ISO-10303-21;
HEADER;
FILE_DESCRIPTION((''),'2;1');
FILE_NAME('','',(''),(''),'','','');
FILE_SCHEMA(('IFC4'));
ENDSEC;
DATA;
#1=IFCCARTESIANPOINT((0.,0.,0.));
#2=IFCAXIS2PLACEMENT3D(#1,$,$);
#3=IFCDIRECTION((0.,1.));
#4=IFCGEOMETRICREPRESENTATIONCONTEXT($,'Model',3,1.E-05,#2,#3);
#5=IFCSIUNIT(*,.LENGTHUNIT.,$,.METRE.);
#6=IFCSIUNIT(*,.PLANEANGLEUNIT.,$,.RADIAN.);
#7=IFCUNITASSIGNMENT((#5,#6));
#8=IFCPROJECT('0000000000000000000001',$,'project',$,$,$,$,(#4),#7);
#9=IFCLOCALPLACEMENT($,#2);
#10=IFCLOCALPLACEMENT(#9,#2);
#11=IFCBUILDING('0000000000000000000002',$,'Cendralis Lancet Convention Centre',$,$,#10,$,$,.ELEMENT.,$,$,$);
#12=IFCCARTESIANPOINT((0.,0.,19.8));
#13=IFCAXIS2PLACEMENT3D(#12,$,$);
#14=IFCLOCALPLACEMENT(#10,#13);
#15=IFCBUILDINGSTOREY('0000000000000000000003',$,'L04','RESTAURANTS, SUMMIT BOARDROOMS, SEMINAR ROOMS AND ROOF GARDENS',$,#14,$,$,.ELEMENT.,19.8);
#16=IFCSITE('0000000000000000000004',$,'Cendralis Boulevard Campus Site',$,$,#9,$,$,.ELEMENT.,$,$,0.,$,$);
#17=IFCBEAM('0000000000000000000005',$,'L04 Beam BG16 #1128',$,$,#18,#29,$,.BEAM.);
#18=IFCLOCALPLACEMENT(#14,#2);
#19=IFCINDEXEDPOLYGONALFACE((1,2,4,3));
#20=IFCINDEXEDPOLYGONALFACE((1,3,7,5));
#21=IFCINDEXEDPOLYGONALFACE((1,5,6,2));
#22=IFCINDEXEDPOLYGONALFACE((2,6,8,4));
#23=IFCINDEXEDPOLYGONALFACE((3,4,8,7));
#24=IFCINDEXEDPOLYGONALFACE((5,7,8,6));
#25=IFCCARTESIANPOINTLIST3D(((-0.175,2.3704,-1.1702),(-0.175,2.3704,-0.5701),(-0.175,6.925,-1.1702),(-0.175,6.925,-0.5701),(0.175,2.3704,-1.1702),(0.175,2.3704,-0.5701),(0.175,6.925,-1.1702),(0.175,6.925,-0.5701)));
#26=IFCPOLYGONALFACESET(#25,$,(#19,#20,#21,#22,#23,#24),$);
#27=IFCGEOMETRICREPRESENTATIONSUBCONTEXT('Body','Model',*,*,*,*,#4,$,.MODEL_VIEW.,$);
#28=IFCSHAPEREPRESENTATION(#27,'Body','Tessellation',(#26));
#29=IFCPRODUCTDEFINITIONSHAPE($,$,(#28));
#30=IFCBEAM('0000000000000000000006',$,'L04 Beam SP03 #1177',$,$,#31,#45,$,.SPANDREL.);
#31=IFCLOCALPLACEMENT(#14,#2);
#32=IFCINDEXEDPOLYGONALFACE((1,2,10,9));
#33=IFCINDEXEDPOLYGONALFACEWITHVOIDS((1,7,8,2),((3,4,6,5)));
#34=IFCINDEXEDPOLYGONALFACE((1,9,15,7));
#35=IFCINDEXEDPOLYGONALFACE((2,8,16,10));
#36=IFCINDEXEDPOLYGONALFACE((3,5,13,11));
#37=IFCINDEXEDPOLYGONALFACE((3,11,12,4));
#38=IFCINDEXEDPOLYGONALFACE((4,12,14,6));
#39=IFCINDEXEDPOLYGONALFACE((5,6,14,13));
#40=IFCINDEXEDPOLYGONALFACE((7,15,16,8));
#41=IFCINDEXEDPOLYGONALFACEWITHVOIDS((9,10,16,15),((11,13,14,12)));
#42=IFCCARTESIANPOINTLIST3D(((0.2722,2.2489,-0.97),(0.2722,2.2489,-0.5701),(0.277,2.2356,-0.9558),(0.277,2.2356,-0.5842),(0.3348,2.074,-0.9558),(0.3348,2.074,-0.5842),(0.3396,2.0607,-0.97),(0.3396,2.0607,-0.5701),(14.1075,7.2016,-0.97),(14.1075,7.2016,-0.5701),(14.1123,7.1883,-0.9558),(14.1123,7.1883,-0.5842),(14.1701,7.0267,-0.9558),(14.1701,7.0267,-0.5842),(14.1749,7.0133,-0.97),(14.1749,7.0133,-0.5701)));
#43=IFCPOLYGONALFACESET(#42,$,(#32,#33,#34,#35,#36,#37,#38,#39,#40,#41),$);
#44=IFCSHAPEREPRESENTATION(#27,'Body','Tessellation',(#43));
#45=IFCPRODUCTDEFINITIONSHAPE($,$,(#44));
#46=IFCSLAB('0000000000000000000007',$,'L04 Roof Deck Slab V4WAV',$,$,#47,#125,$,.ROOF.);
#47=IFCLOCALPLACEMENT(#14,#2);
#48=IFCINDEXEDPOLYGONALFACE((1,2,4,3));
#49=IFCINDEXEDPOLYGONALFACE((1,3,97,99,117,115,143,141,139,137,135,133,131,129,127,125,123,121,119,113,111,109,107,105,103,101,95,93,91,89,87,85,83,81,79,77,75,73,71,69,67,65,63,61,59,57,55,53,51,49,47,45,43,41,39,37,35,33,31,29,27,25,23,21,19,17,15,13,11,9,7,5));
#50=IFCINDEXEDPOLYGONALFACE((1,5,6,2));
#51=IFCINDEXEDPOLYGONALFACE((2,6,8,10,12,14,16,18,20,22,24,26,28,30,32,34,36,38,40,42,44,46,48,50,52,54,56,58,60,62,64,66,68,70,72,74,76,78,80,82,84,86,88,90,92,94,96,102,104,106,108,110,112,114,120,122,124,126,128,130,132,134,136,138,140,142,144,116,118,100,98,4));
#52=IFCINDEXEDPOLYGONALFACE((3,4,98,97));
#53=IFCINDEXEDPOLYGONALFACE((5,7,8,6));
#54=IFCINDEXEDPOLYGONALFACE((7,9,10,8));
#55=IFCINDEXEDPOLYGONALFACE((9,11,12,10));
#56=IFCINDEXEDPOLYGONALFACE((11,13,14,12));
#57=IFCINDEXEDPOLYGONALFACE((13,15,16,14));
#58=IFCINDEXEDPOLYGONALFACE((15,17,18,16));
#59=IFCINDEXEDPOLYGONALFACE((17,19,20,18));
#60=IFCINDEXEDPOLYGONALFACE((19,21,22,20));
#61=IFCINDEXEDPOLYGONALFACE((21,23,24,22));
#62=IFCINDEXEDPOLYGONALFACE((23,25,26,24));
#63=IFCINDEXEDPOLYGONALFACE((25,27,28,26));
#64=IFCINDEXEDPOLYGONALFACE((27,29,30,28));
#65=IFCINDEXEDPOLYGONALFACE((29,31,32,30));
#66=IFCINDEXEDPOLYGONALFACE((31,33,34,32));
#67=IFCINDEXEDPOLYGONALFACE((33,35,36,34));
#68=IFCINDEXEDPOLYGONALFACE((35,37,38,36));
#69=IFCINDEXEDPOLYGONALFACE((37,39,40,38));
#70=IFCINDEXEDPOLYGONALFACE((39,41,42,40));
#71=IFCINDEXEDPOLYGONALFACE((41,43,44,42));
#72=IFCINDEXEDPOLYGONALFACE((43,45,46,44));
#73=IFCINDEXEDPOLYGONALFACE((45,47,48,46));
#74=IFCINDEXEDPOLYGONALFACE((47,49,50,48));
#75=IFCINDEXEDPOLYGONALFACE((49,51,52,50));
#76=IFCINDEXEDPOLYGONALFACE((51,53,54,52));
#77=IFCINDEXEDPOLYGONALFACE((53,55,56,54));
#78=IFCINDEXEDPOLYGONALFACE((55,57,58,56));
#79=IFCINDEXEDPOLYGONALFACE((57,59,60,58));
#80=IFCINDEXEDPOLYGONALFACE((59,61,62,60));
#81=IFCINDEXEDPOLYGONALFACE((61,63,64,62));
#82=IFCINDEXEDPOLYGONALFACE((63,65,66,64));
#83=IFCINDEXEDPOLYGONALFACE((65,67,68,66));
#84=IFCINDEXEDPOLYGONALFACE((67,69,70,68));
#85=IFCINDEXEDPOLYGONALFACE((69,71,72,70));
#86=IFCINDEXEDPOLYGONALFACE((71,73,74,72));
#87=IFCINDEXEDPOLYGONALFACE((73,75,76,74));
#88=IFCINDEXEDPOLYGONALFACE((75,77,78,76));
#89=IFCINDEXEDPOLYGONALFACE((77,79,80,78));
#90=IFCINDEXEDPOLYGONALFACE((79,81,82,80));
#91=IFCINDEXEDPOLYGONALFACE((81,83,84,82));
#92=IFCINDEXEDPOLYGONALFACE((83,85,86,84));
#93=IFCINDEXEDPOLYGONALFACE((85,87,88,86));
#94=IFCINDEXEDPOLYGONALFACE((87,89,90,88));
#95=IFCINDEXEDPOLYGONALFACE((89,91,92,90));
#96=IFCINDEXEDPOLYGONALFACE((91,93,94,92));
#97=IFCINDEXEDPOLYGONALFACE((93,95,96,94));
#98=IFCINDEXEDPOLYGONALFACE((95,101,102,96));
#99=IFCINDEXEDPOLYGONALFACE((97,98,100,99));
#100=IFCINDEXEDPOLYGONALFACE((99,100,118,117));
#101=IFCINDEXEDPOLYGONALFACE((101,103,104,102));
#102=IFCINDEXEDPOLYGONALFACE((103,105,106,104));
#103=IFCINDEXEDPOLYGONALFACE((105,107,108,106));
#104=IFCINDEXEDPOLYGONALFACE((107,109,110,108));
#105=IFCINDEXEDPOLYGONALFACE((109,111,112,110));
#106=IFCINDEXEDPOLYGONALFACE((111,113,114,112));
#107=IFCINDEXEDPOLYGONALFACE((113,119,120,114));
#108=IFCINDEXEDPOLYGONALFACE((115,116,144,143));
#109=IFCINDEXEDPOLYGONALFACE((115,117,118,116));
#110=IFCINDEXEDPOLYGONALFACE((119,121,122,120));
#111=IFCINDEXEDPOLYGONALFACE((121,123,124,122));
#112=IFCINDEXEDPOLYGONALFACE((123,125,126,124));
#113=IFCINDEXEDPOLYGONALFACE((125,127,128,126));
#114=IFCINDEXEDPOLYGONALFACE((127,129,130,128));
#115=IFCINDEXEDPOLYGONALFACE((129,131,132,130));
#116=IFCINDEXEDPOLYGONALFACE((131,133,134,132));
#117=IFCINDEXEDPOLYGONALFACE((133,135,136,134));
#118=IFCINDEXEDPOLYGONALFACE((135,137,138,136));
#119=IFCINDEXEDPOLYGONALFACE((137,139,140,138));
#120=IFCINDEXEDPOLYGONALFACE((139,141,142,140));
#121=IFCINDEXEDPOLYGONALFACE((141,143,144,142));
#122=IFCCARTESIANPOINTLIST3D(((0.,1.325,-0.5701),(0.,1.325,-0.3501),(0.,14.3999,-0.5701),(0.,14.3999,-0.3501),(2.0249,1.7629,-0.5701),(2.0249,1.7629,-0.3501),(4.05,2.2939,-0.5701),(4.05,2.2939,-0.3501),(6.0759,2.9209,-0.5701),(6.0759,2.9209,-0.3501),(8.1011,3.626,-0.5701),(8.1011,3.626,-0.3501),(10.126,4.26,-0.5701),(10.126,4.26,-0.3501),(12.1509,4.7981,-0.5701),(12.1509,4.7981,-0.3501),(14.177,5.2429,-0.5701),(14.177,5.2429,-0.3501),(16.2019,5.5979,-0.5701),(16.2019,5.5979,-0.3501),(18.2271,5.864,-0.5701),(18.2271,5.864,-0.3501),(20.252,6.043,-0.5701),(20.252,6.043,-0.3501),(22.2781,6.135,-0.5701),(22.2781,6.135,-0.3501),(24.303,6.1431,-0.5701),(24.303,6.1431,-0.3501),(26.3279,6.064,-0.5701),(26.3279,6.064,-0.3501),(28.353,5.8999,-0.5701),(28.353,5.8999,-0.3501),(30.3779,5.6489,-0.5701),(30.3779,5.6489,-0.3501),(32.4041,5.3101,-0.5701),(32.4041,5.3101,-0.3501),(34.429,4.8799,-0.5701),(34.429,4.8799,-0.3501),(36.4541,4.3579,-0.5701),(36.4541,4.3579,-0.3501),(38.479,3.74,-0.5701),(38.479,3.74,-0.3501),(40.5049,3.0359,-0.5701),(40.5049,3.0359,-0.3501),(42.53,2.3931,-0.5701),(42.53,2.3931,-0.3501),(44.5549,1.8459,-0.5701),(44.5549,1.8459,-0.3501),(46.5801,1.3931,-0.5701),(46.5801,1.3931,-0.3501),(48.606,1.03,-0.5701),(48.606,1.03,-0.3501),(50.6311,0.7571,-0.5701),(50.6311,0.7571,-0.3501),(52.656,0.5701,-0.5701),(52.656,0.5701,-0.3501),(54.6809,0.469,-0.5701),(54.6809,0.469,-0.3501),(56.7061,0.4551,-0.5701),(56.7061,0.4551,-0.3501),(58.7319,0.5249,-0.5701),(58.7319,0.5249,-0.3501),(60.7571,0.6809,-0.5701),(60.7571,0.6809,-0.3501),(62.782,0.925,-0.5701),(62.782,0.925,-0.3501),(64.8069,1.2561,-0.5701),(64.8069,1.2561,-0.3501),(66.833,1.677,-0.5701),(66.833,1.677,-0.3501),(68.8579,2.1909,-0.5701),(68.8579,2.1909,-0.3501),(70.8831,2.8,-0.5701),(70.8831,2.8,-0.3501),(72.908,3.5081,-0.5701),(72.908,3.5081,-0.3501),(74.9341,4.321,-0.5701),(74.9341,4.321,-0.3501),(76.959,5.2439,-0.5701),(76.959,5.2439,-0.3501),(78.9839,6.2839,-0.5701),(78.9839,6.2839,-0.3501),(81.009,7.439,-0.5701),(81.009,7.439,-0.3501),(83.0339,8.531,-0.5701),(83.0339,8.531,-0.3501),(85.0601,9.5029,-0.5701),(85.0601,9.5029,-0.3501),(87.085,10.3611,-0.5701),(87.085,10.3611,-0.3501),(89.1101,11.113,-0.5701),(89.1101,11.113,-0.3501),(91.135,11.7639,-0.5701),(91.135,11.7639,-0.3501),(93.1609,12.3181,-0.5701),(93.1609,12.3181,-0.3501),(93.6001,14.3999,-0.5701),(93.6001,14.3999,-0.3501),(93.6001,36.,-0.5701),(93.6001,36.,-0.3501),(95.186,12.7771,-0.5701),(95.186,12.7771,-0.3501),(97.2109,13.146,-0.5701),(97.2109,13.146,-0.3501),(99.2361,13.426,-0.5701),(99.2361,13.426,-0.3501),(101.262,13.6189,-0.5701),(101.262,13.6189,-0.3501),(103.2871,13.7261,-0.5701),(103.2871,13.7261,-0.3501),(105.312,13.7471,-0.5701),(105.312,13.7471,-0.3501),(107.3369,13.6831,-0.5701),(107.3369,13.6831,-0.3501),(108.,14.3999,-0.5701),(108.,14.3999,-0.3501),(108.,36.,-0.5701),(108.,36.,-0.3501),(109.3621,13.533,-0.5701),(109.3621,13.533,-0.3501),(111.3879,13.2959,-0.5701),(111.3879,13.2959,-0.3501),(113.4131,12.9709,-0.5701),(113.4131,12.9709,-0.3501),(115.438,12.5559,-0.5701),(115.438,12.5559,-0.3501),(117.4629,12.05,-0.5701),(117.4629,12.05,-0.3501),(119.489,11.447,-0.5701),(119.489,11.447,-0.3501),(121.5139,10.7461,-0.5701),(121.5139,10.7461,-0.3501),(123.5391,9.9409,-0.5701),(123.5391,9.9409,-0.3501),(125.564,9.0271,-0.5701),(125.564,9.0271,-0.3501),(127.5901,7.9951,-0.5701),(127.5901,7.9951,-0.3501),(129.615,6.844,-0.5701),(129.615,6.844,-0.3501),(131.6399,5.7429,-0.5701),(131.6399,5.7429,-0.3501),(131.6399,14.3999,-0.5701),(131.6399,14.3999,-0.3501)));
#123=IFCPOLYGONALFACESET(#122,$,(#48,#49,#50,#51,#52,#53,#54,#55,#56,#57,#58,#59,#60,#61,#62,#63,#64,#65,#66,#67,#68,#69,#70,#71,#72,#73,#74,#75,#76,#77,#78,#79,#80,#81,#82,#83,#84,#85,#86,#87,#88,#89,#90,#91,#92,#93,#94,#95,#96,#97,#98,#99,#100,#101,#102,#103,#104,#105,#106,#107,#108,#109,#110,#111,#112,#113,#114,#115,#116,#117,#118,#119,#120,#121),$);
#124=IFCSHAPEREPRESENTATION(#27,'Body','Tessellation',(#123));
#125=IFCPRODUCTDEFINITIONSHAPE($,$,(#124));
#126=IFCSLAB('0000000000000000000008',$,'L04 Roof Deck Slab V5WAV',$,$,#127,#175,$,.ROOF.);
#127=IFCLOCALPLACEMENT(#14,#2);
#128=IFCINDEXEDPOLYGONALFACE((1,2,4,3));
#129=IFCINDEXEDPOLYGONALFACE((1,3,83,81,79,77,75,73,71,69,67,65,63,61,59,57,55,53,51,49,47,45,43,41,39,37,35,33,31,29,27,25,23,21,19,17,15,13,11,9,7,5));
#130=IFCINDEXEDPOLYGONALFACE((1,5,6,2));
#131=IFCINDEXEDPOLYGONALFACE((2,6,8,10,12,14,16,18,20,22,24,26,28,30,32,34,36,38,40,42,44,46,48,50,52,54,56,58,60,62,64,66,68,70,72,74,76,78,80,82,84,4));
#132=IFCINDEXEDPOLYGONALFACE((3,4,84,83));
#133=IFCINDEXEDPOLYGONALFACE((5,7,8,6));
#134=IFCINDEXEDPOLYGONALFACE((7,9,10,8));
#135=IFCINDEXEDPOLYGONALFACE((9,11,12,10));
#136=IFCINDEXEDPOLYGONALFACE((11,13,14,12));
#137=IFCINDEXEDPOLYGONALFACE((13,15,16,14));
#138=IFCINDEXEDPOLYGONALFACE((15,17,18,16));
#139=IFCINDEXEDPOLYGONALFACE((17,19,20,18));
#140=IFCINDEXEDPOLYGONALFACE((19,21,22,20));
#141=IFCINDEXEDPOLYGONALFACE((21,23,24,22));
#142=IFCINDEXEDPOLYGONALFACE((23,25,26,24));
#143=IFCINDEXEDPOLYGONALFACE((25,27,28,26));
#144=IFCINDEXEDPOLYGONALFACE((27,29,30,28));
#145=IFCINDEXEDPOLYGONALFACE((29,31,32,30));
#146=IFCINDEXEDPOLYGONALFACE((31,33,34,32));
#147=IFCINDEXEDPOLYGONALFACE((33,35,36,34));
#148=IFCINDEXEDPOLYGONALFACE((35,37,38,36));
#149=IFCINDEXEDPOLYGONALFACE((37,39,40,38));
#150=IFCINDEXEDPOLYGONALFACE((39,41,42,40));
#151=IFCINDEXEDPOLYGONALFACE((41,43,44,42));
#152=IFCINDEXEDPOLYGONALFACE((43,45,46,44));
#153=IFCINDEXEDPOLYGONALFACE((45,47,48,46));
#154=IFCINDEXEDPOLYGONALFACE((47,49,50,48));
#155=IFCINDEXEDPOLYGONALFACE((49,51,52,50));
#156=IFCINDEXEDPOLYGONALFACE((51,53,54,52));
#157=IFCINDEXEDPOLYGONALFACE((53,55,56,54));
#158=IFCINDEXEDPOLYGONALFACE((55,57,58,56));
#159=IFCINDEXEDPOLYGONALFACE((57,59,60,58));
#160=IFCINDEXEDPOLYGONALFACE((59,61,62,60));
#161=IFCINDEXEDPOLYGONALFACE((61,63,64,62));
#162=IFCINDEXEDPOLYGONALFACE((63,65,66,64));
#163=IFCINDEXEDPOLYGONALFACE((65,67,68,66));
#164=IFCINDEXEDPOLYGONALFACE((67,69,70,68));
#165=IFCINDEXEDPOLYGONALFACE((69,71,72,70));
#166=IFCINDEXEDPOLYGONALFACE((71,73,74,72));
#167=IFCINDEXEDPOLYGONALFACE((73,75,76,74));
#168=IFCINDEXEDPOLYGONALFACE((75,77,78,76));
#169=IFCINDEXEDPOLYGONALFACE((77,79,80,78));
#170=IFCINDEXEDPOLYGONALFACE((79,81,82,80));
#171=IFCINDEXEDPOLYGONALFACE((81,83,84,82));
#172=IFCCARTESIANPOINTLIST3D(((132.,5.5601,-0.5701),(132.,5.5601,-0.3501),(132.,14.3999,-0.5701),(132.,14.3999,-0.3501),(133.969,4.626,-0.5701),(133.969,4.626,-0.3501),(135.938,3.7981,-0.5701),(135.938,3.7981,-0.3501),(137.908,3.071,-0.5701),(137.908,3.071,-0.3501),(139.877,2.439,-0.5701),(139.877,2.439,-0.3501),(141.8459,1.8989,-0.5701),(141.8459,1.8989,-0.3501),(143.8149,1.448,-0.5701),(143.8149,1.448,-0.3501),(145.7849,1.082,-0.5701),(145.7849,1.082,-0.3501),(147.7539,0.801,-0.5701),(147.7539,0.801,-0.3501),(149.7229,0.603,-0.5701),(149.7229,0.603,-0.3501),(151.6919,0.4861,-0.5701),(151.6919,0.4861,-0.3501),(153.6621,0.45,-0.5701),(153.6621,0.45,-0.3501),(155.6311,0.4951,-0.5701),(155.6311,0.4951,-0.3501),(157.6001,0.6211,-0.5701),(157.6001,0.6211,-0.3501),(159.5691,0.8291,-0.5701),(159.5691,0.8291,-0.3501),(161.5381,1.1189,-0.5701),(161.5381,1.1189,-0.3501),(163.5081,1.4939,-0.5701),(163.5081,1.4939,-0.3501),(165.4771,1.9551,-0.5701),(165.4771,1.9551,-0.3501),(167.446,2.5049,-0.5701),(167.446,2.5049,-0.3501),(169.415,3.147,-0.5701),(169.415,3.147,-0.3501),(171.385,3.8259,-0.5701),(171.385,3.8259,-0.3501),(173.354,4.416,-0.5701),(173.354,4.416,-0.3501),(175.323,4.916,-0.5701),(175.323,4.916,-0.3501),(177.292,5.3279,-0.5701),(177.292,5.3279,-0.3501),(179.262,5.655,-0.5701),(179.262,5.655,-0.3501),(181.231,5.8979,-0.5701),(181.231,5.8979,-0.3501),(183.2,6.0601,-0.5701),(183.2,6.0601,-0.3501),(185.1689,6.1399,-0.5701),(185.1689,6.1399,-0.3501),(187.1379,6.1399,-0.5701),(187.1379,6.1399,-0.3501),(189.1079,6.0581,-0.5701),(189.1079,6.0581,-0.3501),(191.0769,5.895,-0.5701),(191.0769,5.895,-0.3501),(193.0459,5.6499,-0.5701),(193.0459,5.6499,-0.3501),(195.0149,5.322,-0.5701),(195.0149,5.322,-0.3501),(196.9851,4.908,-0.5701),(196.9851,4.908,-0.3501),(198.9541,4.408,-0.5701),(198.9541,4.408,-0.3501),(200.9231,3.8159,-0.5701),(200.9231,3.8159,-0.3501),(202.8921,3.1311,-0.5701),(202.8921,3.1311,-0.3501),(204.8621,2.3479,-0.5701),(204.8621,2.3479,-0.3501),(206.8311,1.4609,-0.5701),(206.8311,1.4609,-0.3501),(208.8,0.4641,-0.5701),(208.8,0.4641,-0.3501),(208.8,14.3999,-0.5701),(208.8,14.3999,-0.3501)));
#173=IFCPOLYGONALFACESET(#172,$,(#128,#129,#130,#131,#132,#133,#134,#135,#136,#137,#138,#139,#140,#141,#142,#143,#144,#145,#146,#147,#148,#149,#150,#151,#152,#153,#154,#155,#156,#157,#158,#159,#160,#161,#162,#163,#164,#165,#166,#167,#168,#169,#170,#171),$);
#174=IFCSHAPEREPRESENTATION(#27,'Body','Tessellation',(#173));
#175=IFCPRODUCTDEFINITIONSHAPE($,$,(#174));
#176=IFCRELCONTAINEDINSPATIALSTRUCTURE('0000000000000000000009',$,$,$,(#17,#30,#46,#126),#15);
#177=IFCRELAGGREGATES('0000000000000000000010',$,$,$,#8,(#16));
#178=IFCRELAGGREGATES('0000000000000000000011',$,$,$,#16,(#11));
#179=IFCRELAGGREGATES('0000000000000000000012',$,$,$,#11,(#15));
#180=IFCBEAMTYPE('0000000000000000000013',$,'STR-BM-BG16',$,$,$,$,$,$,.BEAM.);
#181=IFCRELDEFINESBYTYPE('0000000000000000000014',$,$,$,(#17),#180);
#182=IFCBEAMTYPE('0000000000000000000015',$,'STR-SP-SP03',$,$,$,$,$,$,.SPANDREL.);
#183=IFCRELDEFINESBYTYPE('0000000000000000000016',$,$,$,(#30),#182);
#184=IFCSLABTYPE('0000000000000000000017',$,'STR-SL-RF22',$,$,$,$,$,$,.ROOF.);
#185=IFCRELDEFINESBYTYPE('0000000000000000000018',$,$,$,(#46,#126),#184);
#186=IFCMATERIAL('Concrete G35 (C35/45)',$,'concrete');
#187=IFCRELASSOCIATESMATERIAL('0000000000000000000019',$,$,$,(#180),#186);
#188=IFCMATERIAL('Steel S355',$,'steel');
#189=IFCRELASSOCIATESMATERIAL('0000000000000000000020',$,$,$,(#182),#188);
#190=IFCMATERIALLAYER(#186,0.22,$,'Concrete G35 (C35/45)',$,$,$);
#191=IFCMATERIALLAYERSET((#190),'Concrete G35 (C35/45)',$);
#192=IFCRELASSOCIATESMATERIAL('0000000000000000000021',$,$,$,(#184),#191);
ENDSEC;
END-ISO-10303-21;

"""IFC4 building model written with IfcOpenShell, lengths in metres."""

from ifc_helpers import new_model, si_unit, direction, frame, origin, origin_2d, place, context, subcontext, project, spatial, polyline, rectangle, hollow_rectangle, outline, extrude, material, layer, layer_set, material_profile, profile_set, type_object, element, save


model = new_model("IFC4")

# Units and contexts
model_context = context("Model", 3, precision=1e-05, world=origin(), true_north=direction((0.0, 1.0)))
body_context = subcontext(model_context, "Body", "Model", "MODEL_VIEW")
ifc_project = project(units=[si_unit("LENGTHUNIT", "METRE"), si_unit("PLANEANGLEUNIT", "RADIAN")], contexts=[model_context])

# Site, building, storey
site_placement = place(None, origin())
site = spatial("IfcSite", under=ifc_project, at=site_placement, Name="Cendralis Boulevard Campus Site", CompositionType="ELEMENT", RefElevation=0.0)
building_placement = place(site_placement, origin())
building = spatial("IfcBuilding", under=site, at=building_placement, Name="Cendralis Lancet Convention Centre", CompositionType="ELEMENT")
storey_placement = place(building_placement, frame((0.0, 0.0, 19.8)))
storey = spatial("IfcBuildingStorey", under=building, at=storey_placement, Name="L04", Description="RESTAURANTS, SUMMIT BOARDROOMS, SEMINAR ROOMS AND ROOF GARDENS", CompositionType="ELEMENT", Elevation=19.8)

# Beams
ifc_material_1 = material(Name="Concrete G35 (C35/45)", Category="concrete")
ifc_material_profile_1 = material_profile(ifc_material_1, rectangle(XDim=0.3501, YDim=0.6001, at=origin_2d()), Name="RCB 350x600")
ifc_profile_set_1 = profile_set([ifc_material_profile_1], Name="Concrete G35 (C35/45)")
beam_type_1 = type_object("IfcBeamType", Name="STR-BM-BG16", PredefinedType="BEAM", material=ifc_profile_set_1)
beam_1_placement = place(storey_placement, frame((0.0, 2.3704, -0.8701), z_axis=(0.0, 1.0, 0.0), x_axis=(-1.0, 0.0, 0.0)))
element("IfcBeam", 1, at=beam_1_placement, inside=storey, type_object=beam_type_1, Name="L04 Beam BG16 #1128", PredefinedType="BEAM", context=body_context, shape_type="SweptSolid", body=[
    extrude(rectangle(XDim=0.3501, YDim=0.6001, at=origin_2d()), origin(), (0.0, 0.0, 1.0), 4.5547),
])
ifc_material_2 = material(Name="Steel S355", Category="steel")
ifc_material_profile_2 = material_profile(ifc_material_2, hollow_rectangle(XDim=0.2, YDim=0.3999, WallThickness=0.0142, at=origin_2d()), Name="RHS 400x200x14.2")
ifc_profile_set_2 = profile_set([ifc_material_profile_2], Name="Steel S355")
beam_type_2 = type_object("IfcBeamType", Name="STR-SP-SP03", PredefinedType="SPANDREL", material=ifc_profile_set_2)
beam_2_placement = place(storey_placement, frame((0.3059, 2.1548, -0.77), z_axis=(0.941494, 0.33703, 0.0), x_axis=(-0.33703, 0.941494, 0.0)))
element("IfcBeam", 2, at=beam_2_placement, inside=storey, type_object=beam_type_2, Name="L04 Beam SP03 #1177", PredefinedType="SPANDREL", context=body_context, shape_type="SweptSolid", body=[
    extrude(hollow_rectangle(XDim=0.2, YDim=0.3999, WallThickness=0.0142, at=origin_2d()), origin(), (0.0, 0.0, 1.0), 14.6951),
])

# Slabs
ifc_layer_1 = layer(ifc_material_1, 0.22, Name="Concrete G35 (C35/45)")
ifc_layer_set_1 = layer_set([ifc_layer_1], Name="Concrete G35 (C35/45)")
slab_type_1 = type_object("IfcSlabType", Name="STR-SL-RF22", PredefinedType="ROOF", material=ifc_layer_set_1)
slab_1_placement = place(storey_placement, frame((0.0, 0.0, -0.5701)))
element("IfcSlab", 3, at=slab_1_placement, inside=storey, type_object=slab_type_1, Name="L04 Roof Deck Slab V4WAV", PredefinedType="ROOF", context=body_context, shape_type="SweptSolid", body=[
    extrude(outline(polyline([(0.0, 1.325), (2.0249, 1.7629), (4.05, 2.2939), (6.0759, 2.9209), (8.1011, 3.626), (10.126, 4.26), (12.1509, 4.7981), (14.177, 5.2429), (16.2019, 5.5979), (18.2271, 5.864), (20.252, 6.043), (22.2781, 6.135), (24.303, 6.1431), (26.3279, 6.064), (28.353, 5.8999), (30.3779, 5.6489), (32.4041, 5.3101), (34.429, 4.8799), (36.4541, 4.3579), (38.479, 3.74), (40.5049, 3.0359), (42.53, 2.3931), (44.5549, 1.8459), (46.5801, 1.3931), (48.606, 1.03), (50.6311, 0.7571), (52.656, 0.5701), (54.6809, 0.469), (56.7061, 0.4551), (58.7319, 0.5249), (60.7571, 0.6809), (62.782, 0.925), (64.8069, 1.2561), (66.833, 1.677), (68.8579, 2.1909), (70.8831, 2.8), (72.908, 3.5081), (74.9341, 4.321), (76.959, 5.2439), (78.9839, 6.2839), (81.009, 7.439), (83.0339, 8.531), (85.0601, 9.5029), (87.085, 10.3611), (89.1101, 11.113), (91.135, 11.7639), (93.1609, 12.3181), (95.186, 12.7771), (97.2109, 13.146), (99.2361, 13.426), (101.262, 13.6189), (103.2871, 13.7261), (105.312, 13.7471), (107.3369, 13.6831), (109.3621, 13.533), (111.3879, 13.2959), (113.4131, 12.9709), (115.438, 12.5559), (117.4629, 12.05), (119.489, 11.447), (121.5139, 10.7461), (123.5391, 9.9409), (125.564, 9.0271), (127.5901, 7.9951), (129.615, 6.844), (131.6399, 5.7429), (131.6399, 14.3999), (108.0, 14.3999), (108.0, 36.0), (93.6001, 36.0), (93.6001, 14.3999), (0.0, 14.3999), (0.0, 1.325)])), origin(), (0.0, 0.0, 1.0), 0.22),
])
slab_2_placement = place(storey_placement, frame((0.0, 0.0, -0.5701)))
element("IfcSlab", 4, at=slab_2_placement, inside=storey, type_object=slab_type_1, Name="L04 Roof Deck Slab V5WAV", PredefinedType="ROOF", context=body_context, shape_type="SweptSolid", body=[
    extrude(outline(polyline([(132.0, 5.5601), (133.969, 4.626), (135.938, 3.7981), (137.908, 3.071), (139.877, 2.439), (141.8459, 1.8989), (143.8149, 1.448), (145.7849, 1.082), (147.7539, 0.801), (149.7229, 0.603), (151.6919, 0.4861), (153.6621, 0.45), (155.6311, 0.4951), (157.6001, 0.6211), (159.5691, 0.8291), (161.5381, 1.1189), (163.5081, 1.4939), (165.4771, 1.9551), (167.446, 2.5049), (169.415, 3.147), (171.385, 3.8259), (173.354, 4.416), (175.323, 4.916), (177.292, 5.3279), (179.262, 5.655), (181.231, 5.8979), (183.2, 6.0601), (185.1689, 6.1399), (187.1379, 6.1399), (189.1079, 6.0581), (191.0769, 5.895), (193.0459, 5.6499), (195.0149, 5.322), (196.9851, 4.908), (198.9541, 4.408), (200.9231, 3.8159), (202.8921, 3.1311), (204.8621, 2.3479), (206.8311, 1.4609), (208.8, 0.4641), (208.8, 14.3999), (132.0, 14.3999), (132.0, 5.5601)])), origin(), (0.0, 0.0, 1.0), 0.22),
])

save(model, "model.ifc")
